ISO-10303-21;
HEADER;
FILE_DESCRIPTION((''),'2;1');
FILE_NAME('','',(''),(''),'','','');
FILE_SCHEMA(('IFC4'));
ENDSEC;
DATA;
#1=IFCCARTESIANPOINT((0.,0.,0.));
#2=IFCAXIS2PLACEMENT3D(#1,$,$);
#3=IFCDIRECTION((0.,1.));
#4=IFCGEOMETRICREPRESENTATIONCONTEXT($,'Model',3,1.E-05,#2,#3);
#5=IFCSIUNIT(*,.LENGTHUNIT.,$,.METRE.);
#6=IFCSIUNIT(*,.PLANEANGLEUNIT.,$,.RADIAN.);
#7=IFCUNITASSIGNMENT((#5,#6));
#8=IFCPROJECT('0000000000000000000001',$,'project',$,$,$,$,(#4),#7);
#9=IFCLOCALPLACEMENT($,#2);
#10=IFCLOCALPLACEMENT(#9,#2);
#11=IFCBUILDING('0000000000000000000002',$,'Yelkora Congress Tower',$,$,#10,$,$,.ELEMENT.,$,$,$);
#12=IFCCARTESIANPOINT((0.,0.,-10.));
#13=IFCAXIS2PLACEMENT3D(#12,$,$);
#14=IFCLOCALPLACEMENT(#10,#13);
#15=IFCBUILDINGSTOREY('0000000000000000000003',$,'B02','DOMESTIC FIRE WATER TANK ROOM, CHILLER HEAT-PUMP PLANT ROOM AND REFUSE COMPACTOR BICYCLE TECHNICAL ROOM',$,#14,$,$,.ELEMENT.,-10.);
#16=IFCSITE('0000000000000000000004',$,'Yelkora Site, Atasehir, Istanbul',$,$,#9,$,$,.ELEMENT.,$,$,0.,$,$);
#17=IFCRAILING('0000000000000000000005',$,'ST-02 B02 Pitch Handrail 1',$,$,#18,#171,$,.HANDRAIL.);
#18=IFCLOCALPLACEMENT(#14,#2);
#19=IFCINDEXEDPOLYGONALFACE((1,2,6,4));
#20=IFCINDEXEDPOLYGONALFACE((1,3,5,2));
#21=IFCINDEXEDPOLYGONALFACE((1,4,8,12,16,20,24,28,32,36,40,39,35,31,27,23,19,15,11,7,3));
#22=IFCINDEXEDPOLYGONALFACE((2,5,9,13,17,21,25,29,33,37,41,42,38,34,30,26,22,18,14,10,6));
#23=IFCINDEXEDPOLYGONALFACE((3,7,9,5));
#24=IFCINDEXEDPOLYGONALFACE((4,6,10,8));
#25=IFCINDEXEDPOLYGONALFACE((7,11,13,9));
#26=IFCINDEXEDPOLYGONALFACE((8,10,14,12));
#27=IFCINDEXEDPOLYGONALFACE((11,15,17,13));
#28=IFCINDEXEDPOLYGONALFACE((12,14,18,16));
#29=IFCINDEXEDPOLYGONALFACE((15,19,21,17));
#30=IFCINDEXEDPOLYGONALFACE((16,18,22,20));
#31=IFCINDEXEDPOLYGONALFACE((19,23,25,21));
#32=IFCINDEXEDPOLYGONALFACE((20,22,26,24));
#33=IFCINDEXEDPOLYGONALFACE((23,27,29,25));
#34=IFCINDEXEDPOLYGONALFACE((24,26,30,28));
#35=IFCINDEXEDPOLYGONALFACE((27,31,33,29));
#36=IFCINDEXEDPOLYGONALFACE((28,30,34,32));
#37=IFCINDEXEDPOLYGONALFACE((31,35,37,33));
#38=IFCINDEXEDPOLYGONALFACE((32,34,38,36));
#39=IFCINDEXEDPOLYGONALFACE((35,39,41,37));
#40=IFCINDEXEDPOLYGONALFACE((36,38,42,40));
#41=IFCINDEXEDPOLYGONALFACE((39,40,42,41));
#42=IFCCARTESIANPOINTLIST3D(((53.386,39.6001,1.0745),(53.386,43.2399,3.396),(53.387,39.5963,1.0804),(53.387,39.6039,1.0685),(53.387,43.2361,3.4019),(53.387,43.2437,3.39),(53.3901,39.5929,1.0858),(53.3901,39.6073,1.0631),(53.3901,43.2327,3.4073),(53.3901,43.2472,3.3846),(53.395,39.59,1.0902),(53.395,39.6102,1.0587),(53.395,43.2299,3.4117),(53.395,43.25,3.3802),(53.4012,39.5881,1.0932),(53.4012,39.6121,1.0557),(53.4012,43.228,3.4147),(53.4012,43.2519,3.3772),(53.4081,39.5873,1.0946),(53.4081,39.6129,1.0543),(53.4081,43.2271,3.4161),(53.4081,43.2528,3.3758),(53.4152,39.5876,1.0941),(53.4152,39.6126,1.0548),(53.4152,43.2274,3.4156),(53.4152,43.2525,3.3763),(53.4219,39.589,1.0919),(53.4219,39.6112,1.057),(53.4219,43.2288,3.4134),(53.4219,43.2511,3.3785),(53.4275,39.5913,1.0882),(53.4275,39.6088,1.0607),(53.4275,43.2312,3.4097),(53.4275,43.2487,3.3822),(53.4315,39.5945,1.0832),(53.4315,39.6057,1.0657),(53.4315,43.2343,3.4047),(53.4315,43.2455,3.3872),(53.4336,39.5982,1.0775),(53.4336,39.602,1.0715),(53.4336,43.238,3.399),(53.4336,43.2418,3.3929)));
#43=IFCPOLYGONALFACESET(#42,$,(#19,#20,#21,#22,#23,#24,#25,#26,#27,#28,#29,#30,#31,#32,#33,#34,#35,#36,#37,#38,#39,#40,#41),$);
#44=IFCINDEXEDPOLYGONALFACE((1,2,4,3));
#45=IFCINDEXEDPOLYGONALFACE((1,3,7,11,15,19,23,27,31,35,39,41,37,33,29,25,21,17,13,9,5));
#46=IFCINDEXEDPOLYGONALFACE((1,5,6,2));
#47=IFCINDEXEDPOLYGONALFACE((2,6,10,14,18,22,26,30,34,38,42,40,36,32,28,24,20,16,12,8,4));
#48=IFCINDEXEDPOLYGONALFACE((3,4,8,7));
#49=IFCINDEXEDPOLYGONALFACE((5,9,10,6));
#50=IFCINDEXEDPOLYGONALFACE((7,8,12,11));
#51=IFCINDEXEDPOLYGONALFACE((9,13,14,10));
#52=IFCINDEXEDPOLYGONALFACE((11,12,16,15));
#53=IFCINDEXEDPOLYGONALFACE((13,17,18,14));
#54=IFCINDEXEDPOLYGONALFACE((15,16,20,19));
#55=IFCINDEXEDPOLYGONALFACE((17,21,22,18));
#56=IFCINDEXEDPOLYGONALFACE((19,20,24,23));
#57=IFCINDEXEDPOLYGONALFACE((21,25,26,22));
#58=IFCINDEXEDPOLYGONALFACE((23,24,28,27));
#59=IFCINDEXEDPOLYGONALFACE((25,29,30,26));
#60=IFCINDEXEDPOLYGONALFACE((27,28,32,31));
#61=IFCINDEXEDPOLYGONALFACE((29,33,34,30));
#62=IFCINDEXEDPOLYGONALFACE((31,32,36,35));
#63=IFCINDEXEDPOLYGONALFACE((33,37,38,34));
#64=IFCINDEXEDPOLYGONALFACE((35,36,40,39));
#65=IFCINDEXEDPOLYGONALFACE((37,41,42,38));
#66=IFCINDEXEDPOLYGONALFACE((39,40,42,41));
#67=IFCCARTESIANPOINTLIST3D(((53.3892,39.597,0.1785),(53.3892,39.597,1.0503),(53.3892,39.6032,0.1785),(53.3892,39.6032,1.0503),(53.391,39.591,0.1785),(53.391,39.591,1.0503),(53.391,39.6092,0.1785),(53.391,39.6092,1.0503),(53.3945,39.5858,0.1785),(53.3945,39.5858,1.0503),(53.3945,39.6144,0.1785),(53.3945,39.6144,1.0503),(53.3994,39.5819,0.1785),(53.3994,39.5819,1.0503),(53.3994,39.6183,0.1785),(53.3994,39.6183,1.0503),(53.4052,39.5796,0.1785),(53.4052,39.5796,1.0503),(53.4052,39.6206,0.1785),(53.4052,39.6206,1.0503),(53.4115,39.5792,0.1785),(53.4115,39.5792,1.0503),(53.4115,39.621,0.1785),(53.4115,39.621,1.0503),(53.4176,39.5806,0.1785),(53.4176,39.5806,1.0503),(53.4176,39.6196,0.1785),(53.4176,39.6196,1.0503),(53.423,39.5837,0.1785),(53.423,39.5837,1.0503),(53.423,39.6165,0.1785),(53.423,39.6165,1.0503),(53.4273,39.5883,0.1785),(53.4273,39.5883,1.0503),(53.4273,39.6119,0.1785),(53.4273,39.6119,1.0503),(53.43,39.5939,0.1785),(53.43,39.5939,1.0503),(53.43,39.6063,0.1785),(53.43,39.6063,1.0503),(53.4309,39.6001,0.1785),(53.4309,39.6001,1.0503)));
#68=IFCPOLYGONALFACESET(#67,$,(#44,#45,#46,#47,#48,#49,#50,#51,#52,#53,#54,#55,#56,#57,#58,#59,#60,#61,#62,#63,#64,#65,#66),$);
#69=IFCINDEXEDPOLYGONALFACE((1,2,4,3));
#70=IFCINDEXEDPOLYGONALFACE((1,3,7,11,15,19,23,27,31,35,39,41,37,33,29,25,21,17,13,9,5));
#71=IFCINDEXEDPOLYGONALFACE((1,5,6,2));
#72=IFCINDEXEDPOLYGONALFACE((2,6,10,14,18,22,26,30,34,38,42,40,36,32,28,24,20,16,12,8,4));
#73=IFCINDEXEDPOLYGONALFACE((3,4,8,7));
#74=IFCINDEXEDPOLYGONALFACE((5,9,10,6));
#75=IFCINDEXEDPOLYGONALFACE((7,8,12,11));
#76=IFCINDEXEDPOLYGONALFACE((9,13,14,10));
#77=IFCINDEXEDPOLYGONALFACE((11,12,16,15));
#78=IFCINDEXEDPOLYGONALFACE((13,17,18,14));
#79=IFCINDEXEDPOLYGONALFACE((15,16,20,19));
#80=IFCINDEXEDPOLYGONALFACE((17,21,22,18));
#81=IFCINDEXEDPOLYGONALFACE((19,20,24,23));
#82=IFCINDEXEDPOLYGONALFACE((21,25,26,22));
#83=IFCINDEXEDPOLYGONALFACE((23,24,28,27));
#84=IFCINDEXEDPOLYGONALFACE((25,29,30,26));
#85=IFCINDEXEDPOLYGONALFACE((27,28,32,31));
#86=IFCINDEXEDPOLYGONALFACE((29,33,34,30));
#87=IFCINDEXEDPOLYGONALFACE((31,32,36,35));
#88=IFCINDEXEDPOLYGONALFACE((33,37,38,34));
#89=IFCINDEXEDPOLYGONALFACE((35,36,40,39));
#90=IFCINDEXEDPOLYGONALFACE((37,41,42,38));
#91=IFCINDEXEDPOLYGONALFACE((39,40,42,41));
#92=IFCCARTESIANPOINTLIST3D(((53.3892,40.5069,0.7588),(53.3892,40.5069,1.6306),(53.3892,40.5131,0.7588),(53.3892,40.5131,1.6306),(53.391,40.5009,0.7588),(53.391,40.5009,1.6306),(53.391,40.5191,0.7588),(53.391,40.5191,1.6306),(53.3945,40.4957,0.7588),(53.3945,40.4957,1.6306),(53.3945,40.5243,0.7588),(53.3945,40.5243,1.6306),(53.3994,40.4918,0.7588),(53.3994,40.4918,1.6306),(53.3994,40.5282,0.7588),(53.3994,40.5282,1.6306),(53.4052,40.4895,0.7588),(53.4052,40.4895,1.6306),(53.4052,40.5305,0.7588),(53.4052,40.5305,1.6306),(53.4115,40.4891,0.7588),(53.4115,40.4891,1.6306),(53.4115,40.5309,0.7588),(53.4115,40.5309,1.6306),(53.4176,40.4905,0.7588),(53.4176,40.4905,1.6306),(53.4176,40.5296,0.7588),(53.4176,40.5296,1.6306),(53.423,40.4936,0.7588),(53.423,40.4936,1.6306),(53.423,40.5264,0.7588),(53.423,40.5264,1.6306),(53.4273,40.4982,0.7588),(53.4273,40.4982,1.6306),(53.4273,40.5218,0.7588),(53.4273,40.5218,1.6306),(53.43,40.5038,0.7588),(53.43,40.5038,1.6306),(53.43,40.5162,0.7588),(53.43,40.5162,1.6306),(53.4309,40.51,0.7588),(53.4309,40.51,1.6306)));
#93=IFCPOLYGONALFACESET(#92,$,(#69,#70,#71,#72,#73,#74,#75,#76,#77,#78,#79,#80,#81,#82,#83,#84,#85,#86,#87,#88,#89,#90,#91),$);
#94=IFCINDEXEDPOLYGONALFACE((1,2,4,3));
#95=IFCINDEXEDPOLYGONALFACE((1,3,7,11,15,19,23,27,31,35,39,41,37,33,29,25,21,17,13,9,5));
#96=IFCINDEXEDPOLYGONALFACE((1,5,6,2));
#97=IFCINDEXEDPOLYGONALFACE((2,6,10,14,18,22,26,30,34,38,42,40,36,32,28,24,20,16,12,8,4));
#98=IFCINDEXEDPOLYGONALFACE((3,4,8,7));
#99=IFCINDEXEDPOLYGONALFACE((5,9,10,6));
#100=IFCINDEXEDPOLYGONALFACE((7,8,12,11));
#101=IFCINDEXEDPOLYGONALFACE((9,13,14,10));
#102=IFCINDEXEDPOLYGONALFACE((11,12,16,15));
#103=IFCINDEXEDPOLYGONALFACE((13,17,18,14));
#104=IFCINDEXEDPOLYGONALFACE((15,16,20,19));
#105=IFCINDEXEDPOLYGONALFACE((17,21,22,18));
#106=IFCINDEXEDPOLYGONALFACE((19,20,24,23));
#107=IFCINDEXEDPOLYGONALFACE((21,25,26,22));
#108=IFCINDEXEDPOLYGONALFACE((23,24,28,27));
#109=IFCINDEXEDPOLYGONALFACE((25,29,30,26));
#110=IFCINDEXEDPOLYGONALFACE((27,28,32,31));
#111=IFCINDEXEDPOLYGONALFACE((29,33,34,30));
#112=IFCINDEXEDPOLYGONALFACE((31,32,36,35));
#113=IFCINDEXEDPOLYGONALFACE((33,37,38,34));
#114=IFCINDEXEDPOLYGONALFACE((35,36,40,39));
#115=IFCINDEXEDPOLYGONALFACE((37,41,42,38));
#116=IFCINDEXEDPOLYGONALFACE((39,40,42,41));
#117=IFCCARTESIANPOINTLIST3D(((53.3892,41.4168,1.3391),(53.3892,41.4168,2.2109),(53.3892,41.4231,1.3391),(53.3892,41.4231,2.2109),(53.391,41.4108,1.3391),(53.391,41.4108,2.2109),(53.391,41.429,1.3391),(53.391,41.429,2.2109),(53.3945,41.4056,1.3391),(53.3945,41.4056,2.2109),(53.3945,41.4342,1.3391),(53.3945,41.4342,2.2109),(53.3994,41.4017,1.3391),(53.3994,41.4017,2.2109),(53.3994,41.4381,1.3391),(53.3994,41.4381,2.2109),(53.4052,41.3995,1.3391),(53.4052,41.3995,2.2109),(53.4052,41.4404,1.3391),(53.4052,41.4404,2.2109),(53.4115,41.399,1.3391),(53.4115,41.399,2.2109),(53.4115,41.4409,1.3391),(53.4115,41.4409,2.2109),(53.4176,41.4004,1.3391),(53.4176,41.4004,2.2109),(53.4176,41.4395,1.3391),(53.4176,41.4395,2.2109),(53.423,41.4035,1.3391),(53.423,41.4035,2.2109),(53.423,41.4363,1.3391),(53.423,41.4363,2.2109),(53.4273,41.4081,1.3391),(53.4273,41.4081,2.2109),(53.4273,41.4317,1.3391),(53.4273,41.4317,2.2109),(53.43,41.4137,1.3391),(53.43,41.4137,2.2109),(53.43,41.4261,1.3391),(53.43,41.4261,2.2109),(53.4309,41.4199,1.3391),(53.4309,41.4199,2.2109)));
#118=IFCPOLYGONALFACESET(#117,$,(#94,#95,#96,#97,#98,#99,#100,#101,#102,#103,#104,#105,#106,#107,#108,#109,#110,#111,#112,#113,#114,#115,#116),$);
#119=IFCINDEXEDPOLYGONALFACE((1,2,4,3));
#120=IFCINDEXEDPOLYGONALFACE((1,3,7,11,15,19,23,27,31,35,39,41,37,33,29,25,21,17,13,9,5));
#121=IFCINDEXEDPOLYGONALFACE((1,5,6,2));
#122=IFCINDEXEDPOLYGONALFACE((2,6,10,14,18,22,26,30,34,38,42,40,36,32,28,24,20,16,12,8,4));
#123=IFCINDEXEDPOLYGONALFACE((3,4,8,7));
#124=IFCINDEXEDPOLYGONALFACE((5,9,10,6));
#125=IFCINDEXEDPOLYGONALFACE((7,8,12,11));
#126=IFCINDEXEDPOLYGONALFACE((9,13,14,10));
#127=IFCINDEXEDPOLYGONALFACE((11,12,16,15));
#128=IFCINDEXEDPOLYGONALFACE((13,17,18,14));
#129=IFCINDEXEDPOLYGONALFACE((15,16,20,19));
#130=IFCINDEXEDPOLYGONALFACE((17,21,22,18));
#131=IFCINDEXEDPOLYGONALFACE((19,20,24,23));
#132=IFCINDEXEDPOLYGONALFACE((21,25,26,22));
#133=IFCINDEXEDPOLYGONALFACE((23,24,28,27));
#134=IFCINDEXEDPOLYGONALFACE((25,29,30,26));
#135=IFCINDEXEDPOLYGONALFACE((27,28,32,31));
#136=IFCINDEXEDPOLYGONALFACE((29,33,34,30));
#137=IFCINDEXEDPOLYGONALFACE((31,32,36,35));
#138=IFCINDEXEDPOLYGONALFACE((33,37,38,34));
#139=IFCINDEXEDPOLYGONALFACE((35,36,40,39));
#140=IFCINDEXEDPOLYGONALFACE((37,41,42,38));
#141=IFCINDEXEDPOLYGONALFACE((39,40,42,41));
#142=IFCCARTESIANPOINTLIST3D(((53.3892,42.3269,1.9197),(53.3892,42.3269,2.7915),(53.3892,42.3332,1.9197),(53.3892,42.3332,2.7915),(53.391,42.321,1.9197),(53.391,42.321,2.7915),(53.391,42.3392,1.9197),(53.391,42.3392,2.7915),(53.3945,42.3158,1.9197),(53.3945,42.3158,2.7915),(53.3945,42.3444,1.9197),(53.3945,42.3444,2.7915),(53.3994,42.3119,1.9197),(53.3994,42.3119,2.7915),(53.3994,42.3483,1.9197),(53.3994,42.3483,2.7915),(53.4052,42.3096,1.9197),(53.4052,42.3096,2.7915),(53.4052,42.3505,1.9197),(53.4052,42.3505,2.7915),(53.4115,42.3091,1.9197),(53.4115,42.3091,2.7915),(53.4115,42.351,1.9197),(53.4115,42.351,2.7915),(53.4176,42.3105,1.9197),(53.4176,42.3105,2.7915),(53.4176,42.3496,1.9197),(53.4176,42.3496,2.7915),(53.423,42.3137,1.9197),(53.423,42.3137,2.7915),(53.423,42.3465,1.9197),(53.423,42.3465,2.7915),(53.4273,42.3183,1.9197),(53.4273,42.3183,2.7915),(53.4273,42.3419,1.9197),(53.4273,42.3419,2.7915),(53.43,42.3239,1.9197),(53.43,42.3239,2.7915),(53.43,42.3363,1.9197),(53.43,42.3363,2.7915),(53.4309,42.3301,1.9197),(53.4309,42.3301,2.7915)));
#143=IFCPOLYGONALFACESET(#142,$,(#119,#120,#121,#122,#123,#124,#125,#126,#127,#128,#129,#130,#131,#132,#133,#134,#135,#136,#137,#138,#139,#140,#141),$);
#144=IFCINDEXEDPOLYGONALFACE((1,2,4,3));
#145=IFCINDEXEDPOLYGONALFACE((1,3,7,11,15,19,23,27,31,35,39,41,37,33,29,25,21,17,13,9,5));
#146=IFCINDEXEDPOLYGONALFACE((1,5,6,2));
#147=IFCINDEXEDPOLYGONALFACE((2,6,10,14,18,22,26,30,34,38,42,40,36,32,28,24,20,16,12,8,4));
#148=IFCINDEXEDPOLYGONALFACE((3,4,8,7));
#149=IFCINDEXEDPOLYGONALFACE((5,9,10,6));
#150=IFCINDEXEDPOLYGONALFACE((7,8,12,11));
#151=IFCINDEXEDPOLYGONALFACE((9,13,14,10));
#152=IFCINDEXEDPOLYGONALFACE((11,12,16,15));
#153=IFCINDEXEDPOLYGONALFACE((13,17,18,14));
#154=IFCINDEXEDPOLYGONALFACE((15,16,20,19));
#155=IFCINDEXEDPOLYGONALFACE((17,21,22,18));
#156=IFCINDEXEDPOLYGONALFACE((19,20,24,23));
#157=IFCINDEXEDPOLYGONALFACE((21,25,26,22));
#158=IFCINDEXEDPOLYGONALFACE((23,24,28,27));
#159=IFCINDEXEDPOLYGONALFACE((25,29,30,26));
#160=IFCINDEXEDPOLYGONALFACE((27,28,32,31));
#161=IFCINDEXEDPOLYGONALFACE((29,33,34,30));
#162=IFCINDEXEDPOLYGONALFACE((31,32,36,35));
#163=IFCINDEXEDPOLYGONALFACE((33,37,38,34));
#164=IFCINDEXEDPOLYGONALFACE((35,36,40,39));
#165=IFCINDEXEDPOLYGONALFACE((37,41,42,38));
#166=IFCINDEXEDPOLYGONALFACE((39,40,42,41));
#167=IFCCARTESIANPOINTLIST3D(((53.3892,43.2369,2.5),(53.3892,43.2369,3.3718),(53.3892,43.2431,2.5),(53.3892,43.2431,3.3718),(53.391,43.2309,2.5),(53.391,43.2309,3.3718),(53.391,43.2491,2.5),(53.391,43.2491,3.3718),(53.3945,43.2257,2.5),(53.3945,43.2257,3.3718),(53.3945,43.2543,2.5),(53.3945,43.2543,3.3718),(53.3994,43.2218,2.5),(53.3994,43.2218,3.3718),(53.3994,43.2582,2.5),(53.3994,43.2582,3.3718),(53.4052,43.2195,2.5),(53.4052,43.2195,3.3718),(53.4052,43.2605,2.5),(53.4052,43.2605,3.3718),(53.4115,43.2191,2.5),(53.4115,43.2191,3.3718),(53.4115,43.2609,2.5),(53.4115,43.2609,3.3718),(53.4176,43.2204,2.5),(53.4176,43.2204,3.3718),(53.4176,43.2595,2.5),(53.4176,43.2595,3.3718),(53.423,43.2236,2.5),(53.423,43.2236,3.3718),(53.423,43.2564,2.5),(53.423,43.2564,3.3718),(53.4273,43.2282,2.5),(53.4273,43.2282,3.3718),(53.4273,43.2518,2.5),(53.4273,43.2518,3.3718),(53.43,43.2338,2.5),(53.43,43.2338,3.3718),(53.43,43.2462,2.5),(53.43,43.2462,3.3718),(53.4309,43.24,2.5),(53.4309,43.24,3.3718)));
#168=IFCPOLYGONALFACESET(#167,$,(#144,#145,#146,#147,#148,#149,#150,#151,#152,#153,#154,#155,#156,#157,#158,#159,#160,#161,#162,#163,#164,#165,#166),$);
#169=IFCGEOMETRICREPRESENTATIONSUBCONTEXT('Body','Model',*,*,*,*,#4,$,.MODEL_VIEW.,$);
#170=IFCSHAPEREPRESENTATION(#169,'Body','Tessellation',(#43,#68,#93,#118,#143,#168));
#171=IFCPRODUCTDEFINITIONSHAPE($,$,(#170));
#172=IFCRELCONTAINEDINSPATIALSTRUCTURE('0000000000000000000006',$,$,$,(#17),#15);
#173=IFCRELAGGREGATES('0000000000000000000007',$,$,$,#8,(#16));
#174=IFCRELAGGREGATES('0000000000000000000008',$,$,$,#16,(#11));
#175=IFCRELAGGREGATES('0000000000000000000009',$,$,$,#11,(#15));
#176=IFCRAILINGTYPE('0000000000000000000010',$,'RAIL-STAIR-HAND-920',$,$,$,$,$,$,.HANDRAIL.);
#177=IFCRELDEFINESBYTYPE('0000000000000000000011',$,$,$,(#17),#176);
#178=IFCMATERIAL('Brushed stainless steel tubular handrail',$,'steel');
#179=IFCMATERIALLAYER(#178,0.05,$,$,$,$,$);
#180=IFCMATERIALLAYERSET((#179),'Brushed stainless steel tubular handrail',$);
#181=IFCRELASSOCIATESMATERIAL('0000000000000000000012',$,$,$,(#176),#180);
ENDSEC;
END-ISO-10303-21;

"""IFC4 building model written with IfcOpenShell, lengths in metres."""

from ifc_helpers import new_model, si_unit, direction, frame, origin, origin_2d, place, context, subcontext, project, spatial, circle, extrude, material, layer, layer_set, type_object, element, save


model = new_model("IFC4")

# Units and contexts
model_context = context("Model", 3, precision=1e-05, world=origin(), true_north=direction((0.0, 1.0)))
body_context = subcontext(model_context, "Body", "Model", "MODEL_VIEW")
ifc_project = project(units=[si_unit("LENGTHUNIT", "METRE"), si_unit("PLANEANGLEUNIT", "RADIAN")], contexts=[model_context])

# Site, building, storey
site_placement = place(None, origin())
site = spatial("IfcSite", under=ifc_project, at=site_placement, Name="Yelkora Site, Atasehir, Istanbul", CompositionType="ELEMENT", RefElevation=0.0)
building_placement = place(site_placement, origin())
building = spatial("IfcBuilding", under=site, at=building_placement, Name="Yelkora Congress Tower", CompositionType="ELEMENT")
storey_placement = place(building_placement, frame((0.0, 0.0, -10.0)))
storey = spatial("IfcBuildingStorey", under=building, at=storey_placement, Name="B02", Description="DOMESTIC FIRE WATER TANK ROOM, CHILLER HEAT-PUMP PLANT ROOM AND REFUSE COMPACTOR BICYCLE TECHNICAL ROOM", CompositionType="ELEMENT", Elevation=-10.0)

# Railing
ifc_material_1 = material(Name="Brushed stainless steel tubular handrail", Category="steel")
ifc_layer_1 = layer(ifc_material_1, 0.05)
ifc_layer_set_1 = layer_set([ifc_layer_1], Name="Brushed stainless steel tubular handrail")
railing_type_1 = type_object("IfcRailingType", Name="RAIL-STAIR-HAND-920", PredefinedType="HANDRAIL", material=ifc_layer_set_1)
railing_1_placement = place(storey_placement, frame((53.4099, 39.6001, 0.1785)))
element("IfcRailing", 1, at=railing_1_placement, inside=storey, type_object=railing_type_1, Name="ST-02 B02 Pitch Handrail 1", PredefinedType="HANDRAIL", context=body_context, shape_type="SweptSolid", body=[
    extrude(circle(Radius=0.0239, at=origin_2d()), frame((0.0, 0.0, 0.896), z_axis=(0.0, 0.843112, 0.537739), x_axis=(-1.0, 0.0, 0.0)), (0.0, 0.0, 1.0), 4.3171),
    extrude(circle(Radius=0.021, at=origin_2d()), origin(), (0.0, 0.0, 1.0), 0.8718),
    extrude(circle(Radius=0.021, at=origin_2d()), frame((0.0, 0.9099, 0.5803)), (0.0, 0.0, 1.0), 0.8718),
    extrude(circle(Radius=0.021, at=origin_2d()), frame((0.0, 1.8198, 1.1606)), (0.0, 0.0, 1.0), 0.8718),
    extrude(circle(Radius=0.021, at=origin_2d()), frame((0.0, 2.73, 1.7412)), (0.0, 0.0, 1.0), 0.8718),
    extrude(circle(Radius=0.021, at=origin_2d()), frame((0.0, 3.6399, 2.3215)), (0.0, 0.0, 1.0), 0.8718),
])

save(model, "model.ifc")
